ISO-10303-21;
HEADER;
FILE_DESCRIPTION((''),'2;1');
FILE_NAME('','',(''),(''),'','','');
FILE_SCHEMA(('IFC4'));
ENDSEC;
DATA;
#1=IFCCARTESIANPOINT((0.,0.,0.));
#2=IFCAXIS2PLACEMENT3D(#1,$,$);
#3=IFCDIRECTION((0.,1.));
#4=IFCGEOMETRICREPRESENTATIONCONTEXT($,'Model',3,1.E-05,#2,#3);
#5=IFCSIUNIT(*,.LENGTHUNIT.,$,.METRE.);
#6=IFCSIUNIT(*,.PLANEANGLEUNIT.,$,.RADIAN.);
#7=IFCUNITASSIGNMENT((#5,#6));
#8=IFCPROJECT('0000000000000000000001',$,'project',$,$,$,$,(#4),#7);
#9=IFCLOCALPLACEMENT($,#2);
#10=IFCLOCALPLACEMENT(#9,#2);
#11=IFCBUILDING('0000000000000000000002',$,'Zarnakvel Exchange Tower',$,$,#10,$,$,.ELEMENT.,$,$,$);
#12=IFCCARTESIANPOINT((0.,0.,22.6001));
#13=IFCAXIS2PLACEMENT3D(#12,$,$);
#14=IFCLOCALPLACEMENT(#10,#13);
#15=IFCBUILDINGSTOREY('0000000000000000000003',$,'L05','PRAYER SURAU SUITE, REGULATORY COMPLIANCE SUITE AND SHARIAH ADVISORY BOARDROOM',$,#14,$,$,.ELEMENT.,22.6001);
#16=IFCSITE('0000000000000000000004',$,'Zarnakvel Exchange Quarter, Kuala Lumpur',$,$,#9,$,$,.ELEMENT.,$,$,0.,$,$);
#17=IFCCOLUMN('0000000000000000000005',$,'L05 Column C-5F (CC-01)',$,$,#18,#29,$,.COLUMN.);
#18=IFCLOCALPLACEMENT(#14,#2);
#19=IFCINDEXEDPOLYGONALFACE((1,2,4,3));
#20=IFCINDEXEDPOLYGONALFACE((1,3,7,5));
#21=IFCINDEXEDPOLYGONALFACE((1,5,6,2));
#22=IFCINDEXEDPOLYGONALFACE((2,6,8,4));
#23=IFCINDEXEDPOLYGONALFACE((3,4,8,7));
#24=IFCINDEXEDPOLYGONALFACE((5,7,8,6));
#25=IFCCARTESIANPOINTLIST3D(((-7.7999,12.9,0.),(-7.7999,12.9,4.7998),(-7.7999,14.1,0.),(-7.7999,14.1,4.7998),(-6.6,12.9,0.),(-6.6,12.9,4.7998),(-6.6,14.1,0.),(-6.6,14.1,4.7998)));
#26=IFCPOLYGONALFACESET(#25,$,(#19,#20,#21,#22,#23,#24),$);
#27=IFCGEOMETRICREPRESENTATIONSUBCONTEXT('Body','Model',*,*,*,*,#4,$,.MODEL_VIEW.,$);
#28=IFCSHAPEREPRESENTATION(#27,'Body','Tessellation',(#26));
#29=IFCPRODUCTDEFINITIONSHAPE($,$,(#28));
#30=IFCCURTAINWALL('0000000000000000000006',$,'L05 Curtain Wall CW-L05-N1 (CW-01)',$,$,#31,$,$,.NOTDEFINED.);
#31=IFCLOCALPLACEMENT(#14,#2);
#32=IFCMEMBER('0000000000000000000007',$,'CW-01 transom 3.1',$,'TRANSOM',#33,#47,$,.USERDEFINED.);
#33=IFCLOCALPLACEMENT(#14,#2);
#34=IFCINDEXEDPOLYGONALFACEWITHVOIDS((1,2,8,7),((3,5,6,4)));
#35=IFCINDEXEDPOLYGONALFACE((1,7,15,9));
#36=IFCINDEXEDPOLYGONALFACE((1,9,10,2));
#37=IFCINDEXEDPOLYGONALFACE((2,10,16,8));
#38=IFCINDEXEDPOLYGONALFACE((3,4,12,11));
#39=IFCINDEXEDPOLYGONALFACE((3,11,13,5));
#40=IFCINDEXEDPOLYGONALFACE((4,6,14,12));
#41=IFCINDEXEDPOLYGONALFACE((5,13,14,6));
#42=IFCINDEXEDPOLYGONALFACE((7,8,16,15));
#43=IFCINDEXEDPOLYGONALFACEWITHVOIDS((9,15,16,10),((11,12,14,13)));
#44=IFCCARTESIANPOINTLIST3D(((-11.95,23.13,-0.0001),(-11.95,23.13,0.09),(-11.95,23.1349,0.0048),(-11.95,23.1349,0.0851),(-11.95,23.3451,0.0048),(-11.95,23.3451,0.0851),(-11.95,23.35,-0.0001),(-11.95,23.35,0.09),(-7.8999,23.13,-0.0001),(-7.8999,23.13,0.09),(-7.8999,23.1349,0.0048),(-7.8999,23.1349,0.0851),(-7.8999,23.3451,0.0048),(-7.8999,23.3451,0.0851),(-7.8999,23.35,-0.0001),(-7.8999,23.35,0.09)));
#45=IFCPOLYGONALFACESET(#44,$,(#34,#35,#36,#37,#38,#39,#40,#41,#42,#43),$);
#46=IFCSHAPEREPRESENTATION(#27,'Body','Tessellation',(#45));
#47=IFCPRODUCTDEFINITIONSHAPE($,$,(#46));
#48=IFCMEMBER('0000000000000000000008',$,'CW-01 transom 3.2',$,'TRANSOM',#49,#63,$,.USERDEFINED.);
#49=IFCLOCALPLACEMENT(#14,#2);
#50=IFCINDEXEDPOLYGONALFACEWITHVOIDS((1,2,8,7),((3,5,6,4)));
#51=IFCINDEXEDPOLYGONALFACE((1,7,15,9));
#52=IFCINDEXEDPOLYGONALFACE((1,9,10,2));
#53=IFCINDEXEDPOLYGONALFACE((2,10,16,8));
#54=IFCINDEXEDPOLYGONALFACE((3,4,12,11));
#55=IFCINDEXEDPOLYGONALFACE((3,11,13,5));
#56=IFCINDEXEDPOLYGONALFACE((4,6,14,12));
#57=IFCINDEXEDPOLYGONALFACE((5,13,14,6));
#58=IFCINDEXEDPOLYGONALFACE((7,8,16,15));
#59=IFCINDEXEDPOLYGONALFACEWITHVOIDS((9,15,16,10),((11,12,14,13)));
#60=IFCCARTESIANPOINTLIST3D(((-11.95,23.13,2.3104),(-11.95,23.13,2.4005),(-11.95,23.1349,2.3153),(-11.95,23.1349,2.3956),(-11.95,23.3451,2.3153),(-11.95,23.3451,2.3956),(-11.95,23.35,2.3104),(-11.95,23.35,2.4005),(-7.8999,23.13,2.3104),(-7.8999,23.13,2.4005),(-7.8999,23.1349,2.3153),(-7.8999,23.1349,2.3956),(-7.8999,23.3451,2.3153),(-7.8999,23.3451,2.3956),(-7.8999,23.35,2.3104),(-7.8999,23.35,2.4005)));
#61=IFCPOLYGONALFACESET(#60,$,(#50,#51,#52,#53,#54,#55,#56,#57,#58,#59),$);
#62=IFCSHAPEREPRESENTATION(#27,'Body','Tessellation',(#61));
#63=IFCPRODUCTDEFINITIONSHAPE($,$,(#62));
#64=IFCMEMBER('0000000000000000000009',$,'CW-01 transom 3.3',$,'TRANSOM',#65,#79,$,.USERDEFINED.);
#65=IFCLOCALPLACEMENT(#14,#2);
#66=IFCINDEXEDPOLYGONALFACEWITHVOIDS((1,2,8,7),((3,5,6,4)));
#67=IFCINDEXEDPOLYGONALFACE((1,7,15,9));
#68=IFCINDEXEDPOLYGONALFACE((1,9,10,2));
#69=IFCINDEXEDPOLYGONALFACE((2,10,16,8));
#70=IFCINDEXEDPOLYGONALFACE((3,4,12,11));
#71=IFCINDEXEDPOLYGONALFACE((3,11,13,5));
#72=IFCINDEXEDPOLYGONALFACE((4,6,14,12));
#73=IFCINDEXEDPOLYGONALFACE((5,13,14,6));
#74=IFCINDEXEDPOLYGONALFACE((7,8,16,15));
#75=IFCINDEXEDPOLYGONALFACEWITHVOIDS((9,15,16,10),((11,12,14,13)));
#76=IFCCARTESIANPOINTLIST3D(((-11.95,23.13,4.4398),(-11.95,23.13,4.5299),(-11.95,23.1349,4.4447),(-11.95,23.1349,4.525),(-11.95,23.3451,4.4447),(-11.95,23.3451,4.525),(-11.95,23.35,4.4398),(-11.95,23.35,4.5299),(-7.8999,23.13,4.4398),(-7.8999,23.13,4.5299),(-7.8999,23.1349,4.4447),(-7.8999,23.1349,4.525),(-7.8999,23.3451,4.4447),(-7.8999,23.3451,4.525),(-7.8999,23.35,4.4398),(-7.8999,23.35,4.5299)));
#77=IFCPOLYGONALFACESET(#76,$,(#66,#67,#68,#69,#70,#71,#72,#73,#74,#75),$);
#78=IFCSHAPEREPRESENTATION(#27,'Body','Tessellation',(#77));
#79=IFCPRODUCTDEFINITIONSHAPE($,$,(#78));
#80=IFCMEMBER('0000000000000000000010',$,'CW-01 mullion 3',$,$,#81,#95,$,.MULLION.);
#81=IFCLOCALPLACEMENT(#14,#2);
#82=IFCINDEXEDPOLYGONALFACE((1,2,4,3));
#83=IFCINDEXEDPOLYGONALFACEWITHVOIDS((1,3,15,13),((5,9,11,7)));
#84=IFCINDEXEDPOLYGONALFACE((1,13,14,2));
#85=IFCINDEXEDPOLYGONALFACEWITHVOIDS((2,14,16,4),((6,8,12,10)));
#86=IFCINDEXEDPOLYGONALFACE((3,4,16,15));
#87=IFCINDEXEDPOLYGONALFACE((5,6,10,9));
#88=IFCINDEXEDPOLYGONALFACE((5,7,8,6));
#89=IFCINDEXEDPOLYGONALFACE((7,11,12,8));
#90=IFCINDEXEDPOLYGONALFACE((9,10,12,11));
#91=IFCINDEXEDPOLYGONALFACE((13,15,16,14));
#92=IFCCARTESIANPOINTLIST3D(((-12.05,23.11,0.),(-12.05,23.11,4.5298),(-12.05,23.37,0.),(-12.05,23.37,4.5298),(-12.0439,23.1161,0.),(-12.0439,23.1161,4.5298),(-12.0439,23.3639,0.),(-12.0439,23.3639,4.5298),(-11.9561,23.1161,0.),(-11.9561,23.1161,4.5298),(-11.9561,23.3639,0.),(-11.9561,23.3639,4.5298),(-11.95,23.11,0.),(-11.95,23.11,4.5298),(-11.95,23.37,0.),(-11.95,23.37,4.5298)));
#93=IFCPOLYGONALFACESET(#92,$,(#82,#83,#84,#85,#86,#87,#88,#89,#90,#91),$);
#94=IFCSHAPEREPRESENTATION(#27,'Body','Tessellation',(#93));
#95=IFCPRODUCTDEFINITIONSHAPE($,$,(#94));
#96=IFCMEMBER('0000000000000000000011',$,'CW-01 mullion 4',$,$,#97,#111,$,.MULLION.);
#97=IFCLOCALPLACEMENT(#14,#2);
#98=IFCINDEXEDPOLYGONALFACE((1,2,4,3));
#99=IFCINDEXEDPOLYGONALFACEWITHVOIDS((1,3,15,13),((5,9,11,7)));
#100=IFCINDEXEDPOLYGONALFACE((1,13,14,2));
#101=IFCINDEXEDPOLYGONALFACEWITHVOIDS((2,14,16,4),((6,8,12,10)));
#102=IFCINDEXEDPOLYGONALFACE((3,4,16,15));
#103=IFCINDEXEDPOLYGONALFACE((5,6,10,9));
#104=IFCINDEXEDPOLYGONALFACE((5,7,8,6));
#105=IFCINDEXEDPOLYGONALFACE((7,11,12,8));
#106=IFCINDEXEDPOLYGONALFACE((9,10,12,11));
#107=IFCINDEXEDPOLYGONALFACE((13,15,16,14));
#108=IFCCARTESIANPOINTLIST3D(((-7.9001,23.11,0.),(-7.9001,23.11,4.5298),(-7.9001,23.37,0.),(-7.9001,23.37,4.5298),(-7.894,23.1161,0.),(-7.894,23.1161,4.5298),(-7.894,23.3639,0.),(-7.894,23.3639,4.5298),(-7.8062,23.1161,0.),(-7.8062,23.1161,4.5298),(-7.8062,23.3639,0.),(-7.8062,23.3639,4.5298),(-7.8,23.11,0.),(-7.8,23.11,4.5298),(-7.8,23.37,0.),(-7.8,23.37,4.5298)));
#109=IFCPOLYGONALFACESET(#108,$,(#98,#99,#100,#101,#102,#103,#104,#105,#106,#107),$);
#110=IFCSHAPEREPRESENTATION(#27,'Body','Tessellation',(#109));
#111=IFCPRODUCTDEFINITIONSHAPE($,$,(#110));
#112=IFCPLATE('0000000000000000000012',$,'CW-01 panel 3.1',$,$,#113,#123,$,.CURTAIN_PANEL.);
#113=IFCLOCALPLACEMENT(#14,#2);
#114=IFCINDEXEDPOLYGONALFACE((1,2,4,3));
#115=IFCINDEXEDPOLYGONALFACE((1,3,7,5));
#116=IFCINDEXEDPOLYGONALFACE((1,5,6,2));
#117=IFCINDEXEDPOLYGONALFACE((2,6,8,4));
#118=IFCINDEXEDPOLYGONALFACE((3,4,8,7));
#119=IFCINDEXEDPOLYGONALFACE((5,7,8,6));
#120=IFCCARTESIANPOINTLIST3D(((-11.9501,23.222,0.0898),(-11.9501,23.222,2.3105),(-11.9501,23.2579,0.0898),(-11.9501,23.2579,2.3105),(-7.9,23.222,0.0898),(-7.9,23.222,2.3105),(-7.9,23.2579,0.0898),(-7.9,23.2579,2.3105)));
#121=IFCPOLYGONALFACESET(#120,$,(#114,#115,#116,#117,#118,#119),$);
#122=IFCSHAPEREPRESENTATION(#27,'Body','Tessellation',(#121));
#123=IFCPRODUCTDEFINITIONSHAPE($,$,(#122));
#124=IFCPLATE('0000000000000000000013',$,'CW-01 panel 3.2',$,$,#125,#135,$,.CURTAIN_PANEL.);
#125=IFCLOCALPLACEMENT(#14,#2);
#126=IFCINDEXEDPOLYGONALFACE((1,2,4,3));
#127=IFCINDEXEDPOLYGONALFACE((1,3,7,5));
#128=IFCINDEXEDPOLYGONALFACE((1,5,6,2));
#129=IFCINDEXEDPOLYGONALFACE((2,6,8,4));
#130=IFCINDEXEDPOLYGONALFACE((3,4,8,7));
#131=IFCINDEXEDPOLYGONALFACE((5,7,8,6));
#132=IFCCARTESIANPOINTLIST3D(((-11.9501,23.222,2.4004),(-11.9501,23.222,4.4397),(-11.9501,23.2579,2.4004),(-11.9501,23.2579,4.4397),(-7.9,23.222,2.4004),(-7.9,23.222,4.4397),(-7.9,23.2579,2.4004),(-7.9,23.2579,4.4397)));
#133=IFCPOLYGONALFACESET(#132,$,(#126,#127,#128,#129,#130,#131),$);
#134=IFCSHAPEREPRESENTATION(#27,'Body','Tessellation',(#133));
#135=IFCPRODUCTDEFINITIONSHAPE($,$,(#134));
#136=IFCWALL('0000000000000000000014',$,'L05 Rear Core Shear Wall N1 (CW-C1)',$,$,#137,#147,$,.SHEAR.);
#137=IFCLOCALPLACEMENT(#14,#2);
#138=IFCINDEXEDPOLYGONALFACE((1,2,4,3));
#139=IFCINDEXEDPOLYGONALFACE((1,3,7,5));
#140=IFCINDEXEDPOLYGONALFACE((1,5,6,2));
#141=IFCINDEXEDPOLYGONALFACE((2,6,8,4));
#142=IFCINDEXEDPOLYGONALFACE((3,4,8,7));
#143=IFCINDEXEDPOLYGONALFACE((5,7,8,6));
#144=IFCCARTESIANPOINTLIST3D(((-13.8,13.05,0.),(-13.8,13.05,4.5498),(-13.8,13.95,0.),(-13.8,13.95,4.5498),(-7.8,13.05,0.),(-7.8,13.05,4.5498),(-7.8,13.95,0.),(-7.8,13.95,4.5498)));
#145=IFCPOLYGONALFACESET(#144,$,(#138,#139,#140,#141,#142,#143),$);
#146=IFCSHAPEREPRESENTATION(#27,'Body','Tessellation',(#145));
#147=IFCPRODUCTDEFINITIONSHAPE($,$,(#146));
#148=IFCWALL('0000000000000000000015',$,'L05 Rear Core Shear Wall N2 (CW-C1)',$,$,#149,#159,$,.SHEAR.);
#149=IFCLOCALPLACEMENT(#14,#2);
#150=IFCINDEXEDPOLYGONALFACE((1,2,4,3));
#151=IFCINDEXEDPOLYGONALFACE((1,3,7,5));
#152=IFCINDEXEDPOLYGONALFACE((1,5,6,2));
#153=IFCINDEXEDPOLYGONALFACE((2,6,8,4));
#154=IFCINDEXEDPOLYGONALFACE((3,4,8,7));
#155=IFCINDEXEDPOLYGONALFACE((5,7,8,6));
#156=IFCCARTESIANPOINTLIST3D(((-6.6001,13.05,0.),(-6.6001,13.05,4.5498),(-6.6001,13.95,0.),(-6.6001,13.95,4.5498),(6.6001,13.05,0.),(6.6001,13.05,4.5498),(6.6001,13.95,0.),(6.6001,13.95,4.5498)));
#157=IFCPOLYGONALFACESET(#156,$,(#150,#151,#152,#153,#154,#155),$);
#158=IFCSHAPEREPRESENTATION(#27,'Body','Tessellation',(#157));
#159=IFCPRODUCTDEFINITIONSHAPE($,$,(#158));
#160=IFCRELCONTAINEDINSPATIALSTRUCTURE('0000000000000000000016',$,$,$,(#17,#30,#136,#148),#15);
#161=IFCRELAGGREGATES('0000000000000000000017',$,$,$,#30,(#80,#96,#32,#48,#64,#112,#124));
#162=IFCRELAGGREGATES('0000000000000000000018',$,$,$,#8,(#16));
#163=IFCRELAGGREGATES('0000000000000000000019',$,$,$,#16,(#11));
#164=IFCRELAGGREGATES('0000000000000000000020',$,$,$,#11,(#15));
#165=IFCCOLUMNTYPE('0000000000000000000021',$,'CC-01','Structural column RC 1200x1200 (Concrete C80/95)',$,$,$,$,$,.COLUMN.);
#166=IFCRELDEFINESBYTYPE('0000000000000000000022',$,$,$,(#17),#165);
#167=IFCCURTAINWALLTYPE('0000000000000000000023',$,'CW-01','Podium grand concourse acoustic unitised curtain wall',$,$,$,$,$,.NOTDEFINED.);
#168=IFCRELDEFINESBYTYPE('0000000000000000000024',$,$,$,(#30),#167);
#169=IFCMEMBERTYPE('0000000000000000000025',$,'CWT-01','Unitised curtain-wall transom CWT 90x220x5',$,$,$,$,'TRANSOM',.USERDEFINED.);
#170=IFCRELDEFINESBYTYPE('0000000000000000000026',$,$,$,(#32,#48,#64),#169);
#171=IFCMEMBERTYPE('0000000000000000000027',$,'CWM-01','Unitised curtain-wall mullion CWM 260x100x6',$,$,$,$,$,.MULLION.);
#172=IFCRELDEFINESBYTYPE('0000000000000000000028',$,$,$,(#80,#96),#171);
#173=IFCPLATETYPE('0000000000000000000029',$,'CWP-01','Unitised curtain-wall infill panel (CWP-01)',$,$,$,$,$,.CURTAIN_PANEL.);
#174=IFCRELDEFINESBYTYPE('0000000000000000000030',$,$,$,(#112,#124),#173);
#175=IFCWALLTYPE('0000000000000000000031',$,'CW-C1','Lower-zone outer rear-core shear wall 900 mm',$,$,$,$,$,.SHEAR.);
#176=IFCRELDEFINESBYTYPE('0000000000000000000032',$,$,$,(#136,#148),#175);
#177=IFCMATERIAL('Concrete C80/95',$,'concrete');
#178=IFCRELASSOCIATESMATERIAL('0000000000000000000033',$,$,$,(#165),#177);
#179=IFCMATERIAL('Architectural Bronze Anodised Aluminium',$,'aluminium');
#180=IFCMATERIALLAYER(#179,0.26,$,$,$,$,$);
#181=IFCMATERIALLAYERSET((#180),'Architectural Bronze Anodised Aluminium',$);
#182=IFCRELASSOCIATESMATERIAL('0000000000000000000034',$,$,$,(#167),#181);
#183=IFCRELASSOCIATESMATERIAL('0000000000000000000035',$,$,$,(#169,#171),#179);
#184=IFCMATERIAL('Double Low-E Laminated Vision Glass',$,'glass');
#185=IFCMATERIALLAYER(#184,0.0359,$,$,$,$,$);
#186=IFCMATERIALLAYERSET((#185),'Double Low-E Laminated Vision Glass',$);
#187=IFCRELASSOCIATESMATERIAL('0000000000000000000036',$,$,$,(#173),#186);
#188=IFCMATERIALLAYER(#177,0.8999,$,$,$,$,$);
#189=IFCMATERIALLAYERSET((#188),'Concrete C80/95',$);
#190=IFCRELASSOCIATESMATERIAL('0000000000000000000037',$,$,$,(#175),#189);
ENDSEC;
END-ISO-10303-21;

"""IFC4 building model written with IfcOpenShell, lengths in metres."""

from ifc_helpers import new_model, si_unit, direction, frame, frame_2d, origin, origin_2d, place, context, subcontext, project, spatial, rectangle, hollow_rectangle, extrude, source, transform, mapped, material, layer, layer_set, material_profile, profile_set, type_object, element, aggregate, save


model = new_model("IFC4")

# Units and contexts
model_context = context("Model", 3, precision=1e-05, world=origin(), true_north=direction((0.0, 1.0)))
body_context = subcontext(model_context, "Body", "Model", "MODEL_VIEW")
ifc_project = project(units=[si_unit("LENGTHUNIT", "METRE"), si_unit("PLANEANGLEUNIT", "RADIAN")], contexts=[model_context])

# Site, building, storey
site_placement = place(None, origin())
site = spatial("IfcSite", under=ifc_project, at=site_placement, Name="Zarnakvel Exchange Quarter, Kuala Lumpur", CompositionType="ELEMENT", RefElevation=0.0)
building_placement = place(site_placement, origin())
building = spatial("IfcBuilding", under=site, at=building_placement, Name="Zarnakvel Exchange Tower", CompositionType="ELEMENT")
storey_placement = place(building_placement, frame((0.0, 0.0, 22.6001)))
storey = spatial("IfcBuildingStorey", under=building, at=storey_placement, Name="L05", Description="PRAYER SURAU SUITE, REGULATORY COMPLIANCE SUITE AND SHARIAH ADVISORY BOARDROOM", CompositionType="ELEMENT", Elevation=22.6001)

# Column
ifc_material_1 = material(Name="Concrete C80/95", Category="concrete")
ifc_material_profile_1 = material_profile(ifc_material_1, rectangle(XDim=1.2, YDim=1.2, at=origin_2d()))
ifc_profile_set_1 = profile_set([ifc_material_profile_1], Name="Concrete C80/95")
column_type = type_object("IfcColumnType", Name="CC-01", Description="Structural column RC 1200x1200 (Concrete C80/95)", PredefinedType="COLUMN", material=ifc_profile_set_1)
column_placement = place(storey_placement, frame((-7.2, 13.5, 0.0), z_axis=(0.0, 0.0, 1.0), x_axis=(1.0, 0.0, 0.0)))
element("IfcColumn", 1, at=column_placement, inside=storey, type_object=column_type, Name="L05 Column C-5F (CC-01)", PredefinedType="COLUMN", context=body_context, shape_type="SweptSolid", body=[
    extrude(rectangle(XDim=1.2, YDim=1.2, at=origin_2d()), origin(), (0.0, 0.0, 1.0), 4.7998),
])

# Curtain wall, members, plates
ifc_material_2 = material(Name="Architectural Bronze Anodised Aluminium", Category="aluminium")
ifc_layer_1 = layer(ifc_material_2, 0.26)
ifc_layer_set_1 = layer_set([ifc_layer_1], Name="Architectural Bronze Anodised Aluminium")
curtain_wall_type = type_object("IfcCurtainWallType", Name="CW-01", Description="Podium grand concourse acoustic unitised curtain wall", PredefinedType="NOTDEFINED", material=ifc_layer_set_1)
curtain_wall_placement = place(storey_placement, origin())
curtain_wall = element("IfcCurtainWall", 2, at=curtain_wall_placement, inside=storey, type_object=curtain_wall_type, Name="L05 Curtain Wall CW-L05-N1 (CW-01)", PredefinedType="NOTDEFINED")
ifc_material_profile_2 = material_profile(ifc_material_2, hollow_rectangle(XDim=0.22, YDim=0.0901, WallThickness=0.0049, at=origin_2d()))
ifc_profile_set_2 = profile_set([ifc_material_profile_2], Name="Architectural Bronze Anodised Aluminium")
member_type_1 = type_object("IfcMemberType", Name="CWT-01", Description="Unitised curtain-wall transom CWT 90x220x5", ElementType="TRANSOM", PredefinedType="USERDEFINED", material=ifc_profile_set_2)
shared_shape_1 = source(origin(), body_context, "Body", "SweptSolid", [
    extrude(hollow_rectangle(XDim=0.22, YDim=0.0901, WallThickness=0.0049, at=origin_2d()), origin(), (0.0, 0.0, 1.0), 4.05),
])
member_1_placement = place(storey_placement, frame((-11.95, 23.24, 0.0449), z_axis=(1.0, 0.0, 0.0), x_axis=(0.0, 1.0, 0.0)))
member_1 = element("IfcMember", 3, at=member_1_placement, type_object=member_type_1, Name="CW-01 transom 3.1", ObjectType="TRANSOM", PredefinedType="USERDEFINED", context=body_context, shape_type="MappedRepresentation", body=[
    mapped(shared_shape_1, transform((0.0, 0.0, 0.0), x_axis=(1.0, 0.0, 0.0), y_axis=(0.0, 1.0, 0.0), z_axis=(0.0, 0.0, 1.0), scale=1.0)),
])
member_2_placement = place(storey_placement, frame((-11.95, 23.24, 2.3555), z_axis=(1.0, 0.0, 0.0), x_axis=(0.0, 1.0, 0.0)))
member_2 = element("IfcMember", 4, at=member_2_placement, type_object=member_type_1, Name="CW-01 transom 3.2", ObjectType="TRANSOM", PredefinedType="USERDEFINED", context=body_context, shape_type="MappedRepresentation", body=[
    mapped(shared_shape_1, transform((0.0, 0.0, 0.0), x_axis=(1.0, 0.0, 0.0), y_axis=(0.0, 1.0, 0.0), z_axis=(0.0, 0.0, 1.0), scale=1.0)),
])
member_3_placement = place(storey_placement, frame((-11.95, 23.24, 4.4849), z_axis=(1.0, 0.0, 0.0), x_axis=(0.0, 1.0, 0.0)))
member_3 = element("IfcMember", 5, at=member_3_placement, type_object=member_type_1, Name="CW-01 transom 3.3", ObjectType="TRANSOM", PredefinedType="USERDEFINED", context=body_context, shape_type="MappedRepresentation", body=[
    mapped(shared_shape_1, transform((0.0, 0.0, 0.0), x_axis=(1.0, 0.0, 0.0), y_axis=(0.0, 1.0, 0.0), z_axis=(0.0, 0.0, 1.0), scale=1.0)),
])
ifc_material_profile_3 = material_profile(ifc_material_2, hollow_rectangle(XDim=0.26, YDim=0.1001, WallThickness=0.0061, at=origin_2d()))
ifc_profile_set_3 = profile_set([ifc_material_profile_3], Name="Architectural Bronze Anodised Aluminium")
member_type_2 = type_object("IfcMemberType", Name="CWM-01", Description="Unitised curtain-wall mullion CWM 260x100x6", PredefinedType="MULLION", material=ifc_profile_set_3)
shared_shape_2 = source(origin(), body_context, "Body", "SweptSolid", [
    extrude(hollow_rectangle(XDim=0.26, YDim=0.1001, WallThickness=0.0061, at=origin_2d()), origin(), (0.0, 0.0, 1.0), 4.5298),
])
member_4_placement = place(storey_placement, frame((-12.0, 23.24, 0.0), z_axis=(0.0, 0.0, 1.0), x_axis=(0.0, 1.0, 0.0)))
member_4 = element("IfcMember", 6, at=member_4_placement, type_object=member_type_2, Name="CW-01 mullion 3", PredefinedType="MULLION", context=body_context, shape_type="MappedRepresentation", body=[
    mapped(shared_shape_2, transform((0.0, 0.0, 0.0), x_axis=(1.0, 0.0, 0.0), y_axis=(0.0, 1.0, 0.0), z_axis=(0.0, 0.0, 1.0), scale=1.0)),
])
member_5_placement = place(storey_placement, frame((-7.8501, 23.24, 0.0), z_axis=(0.0, 0.0, 1.0), x_axis=(0.0, 1.0, 0.0)))
member_5 = element("IfcMember", 7, at=member_5_placement, type_object=member_type_2, Name="CW-01 mullion 4", PredefinedType="MULLION", context=body_context, shape_type="MappedRepresentation", body=[
    mapped(shared_shape_2, transform((0.0, 0.0, 0.0), x_axis=(1.0, 0.0, 0.0), y_axis=(0.0, 1.0, 0.0), z_axis=(0.0, 0.0, 1.0), scale=1.0)),
])
ifc_material_3 = material(Name="Double Low-E Laminated Vision Glass", Category="glass")
ifc_layer_2 = layer(ifc_material_3, 0.0359)
ifc_layer_set_2 = layer_set([ifc_layer_2], Name="Double Low-E Laminated Vision Glass")
plate_type = type_object("IfcPlateType", Name="CWP-01", Description="Unitised curtain-wall infill panel (CWP-01)", PredefinedType="CURTAIN_PANEL", material=ifc_layer_set_2)
shared_shape_3 = source(origin(), body_context, "Body", "SweptSolid", [
    extrude(rectangle(XDim=4.05, YDim=0.0359, at=origin_2d()), origin(), (0.0, 0.0, 1.0), 2.2207),
])
plate_1_placement = place(storey_placement, frame((-9.925, 23.24, 0.0898), z_axis=(0.0, 0.0, 1.0), x_axis=(1.0, 0.0, 0.0)))
plate_1 = element("IfcPlate", 8, at=plate_1_placement, type_object=plate_type, Name="CW-01 panel 3.1", PredefinedType="CURTAIN_PANEL", context=body_context, shape_type="MappedRepresentation", body=[
    mapped(shared_shape_3, transform((0.0, 0.0, 0.0), x_axis=(1.0, 0.0, 0.0), y_axis=(0.0, 1.0, 0.0), z_axis=(0.0, 0.0, 1.0), scale=1.0)),
])
shared_shape_4 = source(origin(), body_context, "Body", "SweptSolid", [
    extrude(rectangle(XDim=4.05, YDim=0.0359, at=origin_2d()), origin(), (0.0, 0.0, 1.0), 2.0393),
])
plate_2_placement = place(storey_placement, frame((-9.925, 23.24, 2.4004), z_axis=(0.0, 0.0, 1.0), x_axis=(1.0, 0.0, 0.0)))
plate_2 = element("IfcPlate", 9, at=plate_2_placement, type_object=plate_type, Name="CW-01 panel 3.2", PredefinedType="CURTAIN_PANEL", context=body_context, shape_type="MappedRepresentation", body=[
    mapped(shared_shape_4, transform((0.0, 0.0, 0.0), x_axis=(1.0, 0.0, 0.0), y_axis=(0.0, 1.0, 0.0), z_axis=(0.0, 0.0, 1.0), scale=1.0)),
])
aggregate(curtain_wall, [member_4, member_5, member_1, member_2, member_3, plate_1, plate_2])

# Walls
ifc_layer_3 = layer(ifc_material_1, 0.8999)
ifc_layer_set_3 = layer_set([ifc_layer_3], Name="Concrete C80/95")
wall_type_1 = type_object("IfcWallType", Name="CW-C1", Description="Lower-zone outer rear-core shear wall 900 mm", PredefinedType="SHEAR", material=ifc_layer_set_3)
wall_1_placement = place(storey_placement, frame((-13.8, 13.5, 0.0), z_axis=(0.0, 0.0, 1.0), x_axis=(1.0, 0.0, 0.0)))
element("IfcWall", 10, at=wall_1_placement, inside=storey, type_object=wall_type_1, Name="L05 Rear Core Shear Wall N1 (CW-C1)", PredefinedType="SHEAR", context=body_context, shape_type="SweptSolid", body=[
    extrude(rectangle(XDim=6.0, YDim=0.8999, at=frame_2d((3.0, 0.0))), origin(), (0.0, 0.0, 1.0), 4.5498),
])
wall_2_placement = place(storey_placement, frame((-6.6001, 13.5, 0.0), z_axis=(0.0, 0.0, 1.0), x_axis=(1.0, 0.0, 0.0)))
element("IfcWall", 11, at=wall_2_placement, inside=storey, type_object=wall_type_1, Name="L05 Rear Core Shear Wall N2 (CW-C1)", PredefinedType="SHEAR", context=body_context, shape_type="SweptSolid", body=[
    extrude(rectangle(XDim=13.2002, YDim=0.8999, at=frame_2d((6.6001, 0.0))), origin(), (0.0, 0.0, 1.0), 4.5498),
])

save(model, "model.ifc")
